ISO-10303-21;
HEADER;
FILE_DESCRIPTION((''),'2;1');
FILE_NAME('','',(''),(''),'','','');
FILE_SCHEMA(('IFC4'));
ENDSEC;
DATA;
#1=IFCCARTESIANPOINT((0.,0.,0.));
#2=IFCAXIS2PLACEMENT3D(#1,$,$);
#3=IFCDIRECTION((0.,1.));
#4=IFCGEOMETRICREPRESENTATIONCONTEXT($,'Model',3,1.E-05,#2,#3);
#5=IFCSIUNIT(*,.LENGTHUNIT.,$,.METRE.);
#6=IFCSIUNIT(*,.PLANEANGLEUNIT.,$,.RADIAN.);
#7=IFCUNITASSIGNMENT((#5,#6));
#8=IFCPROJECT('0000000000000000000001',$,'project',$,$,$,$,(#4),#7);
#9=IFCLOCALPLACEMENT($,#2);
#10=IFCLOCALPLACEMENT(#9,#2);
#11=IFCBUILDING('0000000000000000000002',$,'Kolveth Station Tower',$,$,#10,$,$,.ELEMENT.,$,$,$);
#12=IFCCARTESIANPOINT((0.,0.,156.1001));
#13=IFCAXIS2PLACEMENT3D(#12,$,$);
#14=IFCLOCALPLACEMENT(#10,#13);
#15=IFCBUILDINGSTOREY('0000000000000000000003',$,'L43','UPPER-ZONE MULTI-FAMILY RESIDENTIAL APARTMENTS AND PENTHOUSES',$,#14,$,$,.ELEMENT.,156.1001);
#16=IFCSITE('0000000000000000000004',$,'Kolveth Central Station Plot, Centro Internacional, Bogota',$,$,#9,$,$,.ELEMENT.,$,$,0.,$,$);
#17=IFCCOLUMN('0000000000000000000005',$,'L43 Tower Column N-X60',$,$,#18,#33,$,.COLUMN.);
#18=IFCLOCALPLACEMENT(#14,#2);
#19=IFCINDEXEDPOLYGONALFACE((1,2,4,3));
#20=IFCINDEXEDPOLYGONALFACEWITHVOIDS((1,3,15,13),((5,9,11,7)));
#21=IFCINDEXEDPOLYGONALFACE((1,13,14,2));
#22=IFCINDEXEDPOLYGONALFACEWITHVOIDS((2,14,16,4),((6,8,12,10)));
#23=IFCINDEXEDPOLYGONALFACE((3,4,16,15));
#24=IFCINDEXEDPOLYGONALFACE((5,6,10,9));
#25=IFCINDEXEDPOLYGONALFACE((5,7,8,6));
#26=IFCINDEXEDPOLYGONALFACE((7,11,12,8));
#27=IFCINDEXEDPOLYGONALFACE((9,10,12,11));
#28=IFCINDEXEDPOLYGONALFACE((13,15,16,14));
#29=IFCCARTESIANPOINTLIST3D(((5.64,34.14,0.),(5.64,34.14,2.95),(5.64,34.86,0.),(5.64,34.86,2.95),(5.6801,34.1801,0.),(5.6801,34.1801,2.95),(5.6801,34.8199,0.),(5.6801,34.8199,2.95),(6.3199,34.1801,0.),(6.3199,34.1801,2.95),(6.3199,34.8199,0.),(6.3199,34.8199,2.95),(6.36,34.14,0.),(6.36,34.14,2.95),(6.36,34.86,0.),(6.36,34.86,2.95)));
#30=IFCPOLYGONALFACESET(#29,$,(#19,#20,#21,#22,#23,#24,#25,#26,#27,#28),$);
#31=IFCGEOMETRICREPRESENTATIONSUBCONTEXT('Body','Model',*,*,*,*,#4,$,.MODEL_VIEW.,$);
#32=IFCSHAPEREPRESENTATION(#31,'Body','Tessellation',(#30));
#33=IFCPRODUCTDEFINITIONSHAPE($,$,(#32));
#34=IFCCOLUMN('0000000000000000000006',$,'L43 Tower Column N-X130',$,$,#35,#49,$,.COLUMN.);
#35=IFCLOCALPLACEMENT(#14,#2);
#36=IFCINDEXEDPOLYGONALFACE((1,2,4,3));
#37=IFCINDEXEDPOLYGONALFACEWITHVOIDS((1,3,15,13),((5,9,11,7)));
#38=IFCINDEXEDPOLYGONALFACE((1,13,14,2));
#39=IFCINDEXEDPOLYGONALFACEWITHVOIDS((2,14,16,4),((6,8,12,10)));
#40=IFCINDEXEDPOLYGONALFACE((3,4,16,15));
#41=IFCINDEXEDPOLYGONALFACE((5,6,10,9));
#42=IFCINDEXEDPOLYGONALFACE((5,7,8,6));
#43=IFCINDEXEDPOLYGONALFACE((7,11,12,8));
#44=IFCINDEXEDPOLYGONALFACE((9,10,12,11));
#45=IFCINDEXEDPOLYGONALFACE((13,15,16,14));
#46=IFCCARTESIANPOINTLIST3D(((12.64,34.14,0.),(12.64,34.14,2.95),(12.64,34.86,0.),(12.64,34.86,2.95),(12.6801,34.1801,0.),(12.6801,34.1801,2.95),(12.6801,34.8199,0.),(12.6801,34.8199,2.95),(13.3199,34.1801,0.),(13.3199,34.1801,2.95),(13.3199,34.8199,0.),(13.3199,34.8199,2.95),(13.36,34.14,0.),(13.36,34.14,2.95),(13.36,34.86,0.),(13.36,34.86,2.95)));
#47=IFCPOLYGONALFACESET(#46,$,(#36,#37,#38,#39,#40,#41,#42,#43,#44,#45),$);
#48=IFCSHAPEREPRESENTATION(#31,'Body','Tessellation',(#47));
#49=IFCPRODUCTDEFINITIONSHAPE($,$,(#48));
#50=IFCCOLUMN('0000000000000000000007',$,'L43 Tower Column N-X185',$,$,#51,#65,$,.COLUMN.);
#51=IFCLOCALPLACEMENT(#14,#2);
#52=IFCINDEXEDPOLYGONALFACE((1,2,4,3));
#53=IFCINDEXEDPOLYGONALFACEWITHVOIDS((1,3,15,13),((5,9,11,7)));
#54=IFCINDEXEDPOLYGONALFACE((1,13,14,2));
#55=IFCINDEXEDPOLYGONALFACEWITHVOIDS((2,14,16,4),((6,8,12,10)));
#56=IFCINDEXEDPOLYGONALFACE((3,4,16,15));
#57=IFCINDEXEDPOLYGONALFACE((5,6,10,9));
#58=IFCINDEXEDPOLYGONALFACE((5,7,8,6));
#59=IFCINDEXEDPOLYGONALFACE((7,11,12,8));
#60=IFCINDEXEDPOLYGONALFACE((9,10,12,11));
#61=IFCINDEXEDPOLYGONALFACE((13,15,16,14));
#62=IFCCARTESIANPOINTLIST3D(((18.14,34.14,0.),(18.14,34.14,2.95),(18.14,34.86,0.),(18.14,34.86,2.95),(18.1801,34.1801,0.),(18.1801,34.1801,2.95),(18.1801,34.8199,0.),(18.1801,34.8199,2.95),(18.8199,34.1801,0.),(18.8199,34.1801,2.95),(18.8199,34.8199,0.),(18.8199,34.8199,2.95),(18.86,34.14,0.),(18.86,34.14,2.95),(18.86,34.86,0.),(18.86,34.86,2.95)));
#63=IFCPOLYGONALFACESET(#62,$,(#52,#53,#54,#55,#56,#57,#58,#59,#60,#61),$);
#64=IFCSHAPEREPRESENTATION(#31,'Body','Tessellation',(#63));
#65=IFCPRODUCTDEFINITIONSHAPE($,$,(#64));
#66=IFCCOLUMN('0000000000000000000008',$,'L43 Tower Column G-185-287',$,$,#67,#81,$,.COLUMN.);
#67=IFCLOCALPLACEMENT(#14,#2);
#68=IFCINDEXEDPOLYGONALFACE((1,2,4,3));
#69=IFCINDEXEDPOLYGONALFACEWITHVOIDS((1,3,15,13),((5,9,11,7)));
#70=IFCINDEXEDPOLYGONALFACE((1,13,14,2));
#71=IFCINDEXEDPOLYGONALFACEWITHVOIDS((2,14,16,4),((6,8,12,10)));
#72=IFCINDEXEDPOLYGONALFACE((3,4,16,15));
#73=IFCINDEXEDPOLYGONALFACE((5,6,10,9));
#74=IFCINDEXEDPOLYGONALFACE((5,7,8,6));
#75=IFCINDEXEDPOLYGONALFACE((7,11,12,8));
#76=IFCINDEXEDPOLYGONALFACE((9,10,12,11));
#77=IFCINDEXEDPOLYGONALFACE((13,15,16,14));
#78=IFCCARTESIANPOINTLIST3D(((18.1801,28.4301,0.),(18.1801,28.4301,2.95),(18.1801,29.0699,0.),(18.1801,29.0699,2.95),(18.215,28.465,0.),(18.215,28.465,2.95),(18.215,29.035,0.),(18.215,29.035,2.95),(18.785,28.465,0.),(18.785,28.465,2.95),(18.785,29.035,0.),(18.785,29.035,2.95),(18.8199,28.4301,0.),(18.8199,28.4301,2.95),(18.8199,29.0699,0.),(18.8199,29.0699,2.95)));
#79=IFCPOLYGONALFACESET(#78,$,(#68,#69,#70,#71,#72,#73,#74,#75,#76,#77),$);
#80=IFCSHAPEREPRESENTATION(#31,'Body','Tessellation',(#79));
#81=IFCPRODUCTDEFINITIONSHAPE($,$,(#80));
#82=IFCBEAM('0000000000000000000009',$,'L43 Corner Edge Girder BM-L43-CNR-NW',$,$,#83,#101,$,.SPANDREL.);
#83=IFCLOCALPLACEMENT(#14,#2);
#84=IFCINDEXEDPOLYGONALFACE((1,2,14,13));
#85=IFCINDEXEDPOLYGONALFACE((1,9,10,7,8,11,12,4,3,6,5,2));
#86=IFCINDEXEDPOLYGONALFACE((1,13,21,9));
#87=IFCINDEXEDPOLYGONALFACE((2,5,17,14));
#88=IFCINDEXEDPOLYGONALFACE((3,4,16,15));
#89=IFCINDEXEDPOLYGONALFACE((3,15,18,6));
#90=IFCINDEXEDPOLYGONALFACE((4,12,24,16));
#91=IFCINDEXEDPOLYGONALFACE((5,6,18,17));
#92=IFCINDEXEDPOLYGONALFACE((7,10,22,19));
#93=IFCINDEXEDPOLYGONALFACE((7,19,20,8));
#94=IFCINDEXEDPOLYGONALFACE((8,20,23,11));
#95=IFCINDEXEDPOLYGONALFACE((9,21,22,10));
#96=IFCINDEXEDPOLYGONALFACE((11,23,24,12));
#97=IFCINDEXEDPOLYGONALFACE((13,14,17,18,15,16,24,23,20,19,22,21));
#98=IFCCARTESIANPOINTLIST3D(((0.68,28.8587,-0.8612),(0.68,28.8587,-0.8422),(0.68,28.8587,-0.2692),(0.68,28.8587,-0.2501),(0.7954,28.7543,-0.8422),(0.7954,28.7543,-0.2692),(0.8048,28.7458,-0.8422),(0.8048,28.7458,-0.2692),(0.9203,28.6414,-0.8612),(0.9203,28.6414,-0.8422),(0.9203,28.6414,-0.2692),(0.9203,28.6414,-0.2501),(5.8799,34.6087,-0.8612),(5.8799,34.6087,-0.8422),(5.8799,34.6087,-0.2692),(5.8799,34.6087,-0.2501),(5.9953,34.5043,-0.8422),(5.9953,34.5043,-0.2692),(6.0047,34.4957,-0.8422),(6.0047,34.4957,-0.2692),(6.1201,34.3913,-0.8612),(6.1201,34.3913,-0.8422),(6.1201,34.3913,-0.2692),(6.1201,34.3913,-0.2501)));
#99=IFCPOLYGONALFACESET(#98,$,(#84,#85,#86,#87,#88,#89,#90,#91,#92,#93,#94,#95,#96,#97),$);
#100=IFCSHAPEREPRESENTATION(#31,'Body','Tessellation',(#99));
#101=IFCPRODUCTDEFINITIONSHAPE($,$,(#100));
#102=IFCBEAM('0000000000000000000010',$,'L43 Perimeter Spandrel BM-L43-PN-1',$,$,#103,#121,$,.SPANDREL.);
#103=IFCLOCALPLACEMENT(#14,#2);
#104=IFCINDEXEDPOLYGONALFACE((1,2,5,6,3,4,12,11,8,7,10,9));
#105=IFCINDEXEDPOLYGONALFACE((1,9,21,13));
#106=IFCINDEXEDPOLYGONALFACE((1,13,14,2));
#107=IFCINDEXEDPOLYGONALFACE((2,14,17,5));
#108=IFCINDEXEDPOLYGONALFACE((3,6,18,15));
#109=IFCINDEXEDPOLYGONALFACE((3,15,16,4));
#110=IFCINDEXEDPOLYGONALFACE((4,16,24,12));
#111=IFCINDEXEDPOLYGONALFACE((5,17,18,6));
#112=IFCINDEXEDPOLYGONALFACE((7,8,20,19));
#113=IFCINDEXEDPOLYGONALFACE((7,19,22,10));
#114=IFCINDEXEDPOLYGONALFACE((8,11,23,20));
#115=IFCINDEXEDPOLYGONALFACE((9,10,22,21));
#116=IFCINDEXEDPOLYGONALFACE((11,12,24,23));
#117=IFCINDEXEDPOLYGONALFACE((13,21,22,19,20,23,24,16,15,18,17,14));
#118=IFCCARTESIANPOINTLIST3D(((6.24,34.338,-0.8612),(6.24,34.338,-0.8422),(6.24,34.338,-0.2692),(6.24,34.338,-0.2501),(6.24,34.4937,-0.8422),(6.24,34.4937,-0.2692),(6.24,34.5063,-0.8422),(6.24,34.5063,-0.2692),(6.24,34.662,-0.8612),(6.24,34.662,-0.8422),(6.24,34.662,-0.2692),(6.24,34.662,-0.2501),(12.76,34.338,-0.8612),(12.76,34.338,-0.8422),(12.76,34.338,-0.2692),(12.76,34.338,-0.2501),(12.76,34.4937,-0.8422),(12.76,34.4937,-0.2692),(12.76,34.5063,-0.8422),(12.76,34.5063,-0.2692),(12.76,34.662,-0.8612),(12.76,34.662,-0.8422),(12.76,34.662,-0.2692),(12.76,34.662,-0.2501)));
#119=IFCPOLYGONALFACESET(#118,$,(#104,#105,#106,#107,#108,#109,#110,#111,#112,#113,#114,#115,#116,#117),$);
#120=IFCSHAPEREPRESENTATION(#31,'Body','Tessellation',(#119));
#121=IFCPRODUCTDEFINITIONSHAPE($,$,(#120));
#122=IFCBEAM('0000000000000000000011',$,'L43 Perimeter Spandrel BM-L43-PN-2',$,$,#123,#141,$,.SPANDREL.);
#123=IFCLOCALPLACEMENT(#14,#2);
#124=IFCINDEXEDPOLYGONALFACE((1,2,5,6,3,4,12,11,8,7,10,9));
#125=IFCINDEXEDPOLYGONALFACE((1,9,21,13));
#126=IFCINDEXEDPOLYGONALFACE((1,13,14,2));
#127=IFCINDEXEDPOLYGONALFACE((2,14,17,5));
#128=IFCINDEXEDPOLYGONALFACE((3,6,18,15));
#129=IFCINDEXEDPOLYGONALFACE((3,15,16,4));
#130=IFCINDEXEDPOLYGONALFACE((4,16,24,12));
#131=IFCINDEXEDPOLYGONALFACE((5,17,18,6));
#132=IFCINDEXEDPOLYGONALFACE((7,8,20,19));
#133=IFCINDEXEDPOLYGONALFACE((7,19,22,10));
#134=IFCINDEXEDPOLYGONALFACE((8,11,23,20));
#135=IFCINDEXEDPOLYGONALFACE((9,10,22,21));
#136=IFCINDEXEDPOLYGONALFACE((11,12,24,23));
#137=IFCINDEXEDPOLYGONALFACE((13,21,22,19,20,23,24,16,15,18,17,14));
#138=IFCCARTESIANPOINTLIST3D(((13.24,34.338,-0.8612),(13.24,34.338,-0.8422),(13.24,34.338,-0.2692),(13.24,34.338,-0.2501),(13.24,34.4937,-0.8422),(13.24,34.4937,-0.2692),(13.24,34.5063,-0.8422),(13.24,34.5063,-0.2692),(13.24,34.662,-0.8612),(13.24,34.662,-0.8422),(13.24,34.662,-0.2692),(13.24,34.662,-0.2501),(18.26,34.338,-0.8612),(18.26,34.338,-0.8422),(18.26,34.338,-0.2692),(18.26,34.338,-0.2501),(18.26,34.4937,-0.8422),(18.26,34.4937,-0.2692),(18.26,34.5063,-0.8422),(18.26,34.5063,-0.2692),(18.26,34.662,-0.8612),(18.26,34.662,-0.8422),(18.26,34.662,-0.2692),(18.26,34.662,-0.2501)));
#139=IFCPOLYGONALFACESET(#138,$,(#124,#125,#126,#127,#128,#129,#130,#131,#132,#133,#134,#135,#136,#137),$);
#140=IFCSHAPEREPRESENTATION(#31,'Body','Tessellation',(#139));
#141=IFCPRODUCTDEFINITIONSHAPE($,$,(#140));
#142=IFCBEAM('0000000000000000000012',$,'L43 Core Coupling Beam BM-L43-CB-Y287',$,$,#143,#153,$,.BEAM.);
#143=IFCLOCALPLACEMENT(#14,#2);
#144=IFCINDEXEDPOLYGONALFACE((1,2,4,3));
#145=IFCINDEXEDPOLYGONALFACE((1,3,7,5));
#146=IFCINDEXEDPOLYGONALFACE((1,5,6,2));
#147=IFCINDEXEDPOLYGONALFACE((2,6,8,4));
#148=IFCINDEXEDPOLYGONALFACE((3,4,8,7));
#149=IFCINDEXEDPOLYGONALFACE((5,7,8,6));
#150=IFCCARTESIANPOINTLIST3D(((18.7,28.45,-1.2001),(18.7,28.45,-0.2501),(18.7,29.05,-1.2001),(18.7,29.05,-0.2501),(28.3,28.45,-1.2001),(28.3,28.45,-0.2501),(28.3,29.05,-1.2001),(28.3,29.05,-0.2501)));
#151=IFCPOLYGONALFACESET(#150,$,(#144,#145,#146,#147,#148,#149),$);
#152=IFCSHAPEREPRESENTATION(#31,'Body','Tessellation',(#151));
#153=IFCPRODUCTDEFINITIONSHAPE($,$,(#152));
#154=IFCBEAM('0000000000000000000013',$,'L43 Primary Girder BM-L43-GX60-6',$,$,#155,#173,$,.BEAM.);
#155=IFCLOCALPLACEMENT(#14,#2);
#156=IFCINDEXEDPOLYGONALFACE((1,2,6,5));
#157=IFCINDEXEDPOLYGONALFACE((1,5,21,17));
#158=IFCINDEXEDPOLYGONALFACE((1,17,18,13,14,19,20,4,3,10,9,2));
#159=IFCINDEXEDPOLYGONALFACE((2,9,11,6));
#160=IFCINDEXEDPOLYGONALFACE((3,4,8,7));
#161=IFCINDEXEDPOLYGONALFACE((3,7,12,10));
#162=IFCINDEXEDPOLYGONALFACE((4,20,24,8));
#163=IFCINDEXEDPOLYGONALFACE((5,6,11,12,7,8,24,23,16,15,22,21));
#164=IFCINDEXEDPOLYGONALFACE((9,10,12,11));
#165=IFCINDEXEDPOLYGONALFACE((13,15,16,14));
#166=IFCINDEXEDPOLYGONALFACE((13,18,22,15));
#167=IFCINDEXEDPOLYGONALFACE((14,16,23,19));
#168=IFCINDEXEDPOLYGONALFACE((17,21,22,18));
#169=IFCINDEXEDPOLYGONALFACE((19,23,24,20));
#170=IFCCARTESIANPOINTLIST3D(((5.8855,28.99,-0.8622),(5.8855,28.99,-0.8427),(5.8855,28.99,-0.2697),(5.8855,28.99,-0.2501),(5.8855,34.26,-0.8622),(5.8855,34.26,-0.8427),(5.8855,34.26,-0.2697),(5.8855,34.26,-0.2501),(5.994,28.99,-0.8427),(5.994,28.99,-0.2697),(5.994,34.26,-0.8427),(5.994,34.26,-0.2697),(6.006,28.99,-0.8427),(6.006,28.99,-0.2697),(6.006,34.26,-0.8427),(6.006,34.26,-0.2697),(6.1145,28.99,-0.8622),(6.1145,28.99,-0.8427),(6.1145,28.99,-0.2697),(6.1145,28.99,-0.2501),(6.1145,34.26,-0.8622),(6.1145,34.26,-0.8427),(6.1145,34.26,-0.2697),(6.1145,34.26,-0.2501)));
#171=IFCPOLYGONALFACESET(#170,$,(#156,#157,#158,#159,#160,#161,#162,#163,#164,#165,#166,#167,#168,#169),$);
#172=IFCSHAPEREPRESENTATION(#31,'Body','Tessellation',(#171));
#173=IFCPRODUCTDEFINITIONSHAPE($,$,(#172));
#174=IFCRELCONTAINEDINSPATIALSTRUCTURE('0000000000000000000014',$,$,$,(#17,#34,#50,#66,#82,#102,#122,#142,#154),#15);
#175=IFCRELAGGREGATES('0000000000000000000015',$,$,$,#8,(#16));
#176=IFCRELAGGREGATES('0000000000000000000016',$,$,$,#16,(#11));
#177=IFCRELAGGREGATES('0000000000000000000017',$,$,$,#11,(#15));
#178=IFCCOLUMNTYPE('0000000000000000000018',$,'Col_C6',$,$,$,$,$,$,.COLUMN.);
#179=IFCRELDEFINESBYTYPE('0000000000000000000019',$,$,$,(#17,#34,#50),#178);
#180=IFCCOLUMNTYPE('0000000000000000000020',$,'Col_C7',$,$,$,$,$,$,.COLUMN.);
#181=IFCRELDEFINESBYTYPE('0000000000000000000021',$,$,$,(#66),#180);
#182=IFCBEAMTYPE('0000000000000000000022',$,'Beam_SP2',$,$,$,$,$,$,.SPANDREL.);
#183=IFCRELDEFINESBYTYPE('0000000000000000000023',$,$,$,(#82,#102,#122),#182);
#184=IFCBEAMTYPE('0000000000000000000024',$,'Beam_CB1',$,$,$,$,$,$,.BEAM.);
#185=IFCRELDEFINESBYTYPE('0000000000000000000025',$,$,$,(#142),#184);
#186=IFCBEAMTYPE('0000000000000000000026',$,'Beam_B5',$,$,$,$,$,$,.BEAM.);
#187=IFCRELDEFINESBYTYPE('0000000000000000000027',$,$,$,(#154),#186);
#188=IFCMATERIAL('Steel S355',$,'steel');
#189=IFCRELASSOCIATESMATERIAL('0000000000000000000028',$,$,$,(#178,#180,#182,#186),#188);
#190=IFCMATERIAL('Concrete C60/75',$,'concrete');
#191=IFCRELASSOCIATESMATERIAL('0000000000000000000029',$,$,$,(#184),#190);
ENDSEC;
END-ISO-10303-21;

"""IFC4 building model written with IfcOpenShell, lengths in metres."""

from ifc_helpers import new_model, si_unit, direction, frame, origin, origin_2d, place, context, subcontext, project, spatial, rectangle, hollow_rectangle, i_section, extrude, source, transform, mapped, material, material_profile, profile_set, type_object, element, save


model = new_model("IFC4")

# Units and contexts
model_context = context("Model", 3, precision=1e-05, world=origin(), true_north=direction((0.0, 1.0)))
body_context = subcontext(model_context, "Body", "Model", "MODEL_VIEW")
ifc_project = project(units=[si_unit("LENGTHUNIT", "METRE"), si_unit("PLANEANGLEUNIT", "RADIAN")], contexts=[model_context])

# Site, building, storey
site_placement = place(None, origin())
site = spatial("IfcSite", under=ifc_project, at=site_placement, Name="Kolveth Central Station Plot, Centro Internacional, Bogota", CompositionType="ELEMENT", RefElevation=0.0)
building_placement = place(site_placement, origin())
building = spatial("IfcBuilding", under=site, at=building_placement, Name="Kolveth Station Tower", CompositionType="ELEMENT")
storey_placement = place(building_placement, frame((0.0, 0.0, 156.1001)))
storey = spatial("IfcBuildingStorey", under=building, at=storey_placement, Name="L43", Description="UPPER-ZONE MULTI-FAMILY RESIDENTIAL APARTMENTS AND PENTHOUSES", CompositionType="ELEMENT", Elevation=156.1001)

# Columns
ifc_material_1 = material(Name="Steel S355", Category="steel")
ifc_material_profile_1 = material_profile(ifc_material_1, hollow_rectangle(XDim=0.72, YDim=0.72, WallThickness=0.04, at=origin_2d()), Name="BOX720x720x40")
ifc_profile_set_1 = profile_set([ifc_material_profile_1], Name="Steel S355")
column_type_1 = type_object("IfcColumnType", Name="Col_C6", PredefinedType="COLUMN", material=ifc_profile_set_1)
shared_shape_1 = source(origin(), body_context, "Body", "SweptSolid", [
    extrude(hollow_rectangle(XDim=0.72, YDim=0.72, WallThickness=0.04, at=origin_2d()), origin(), (0.0, 0.0, 1.0), 2.95),
])
for number, where, z_axis, x_axis, name in (
    (1, (6.0, 34.5, 0.0), (0.0, 0.0, 1.0), (1.0, 0.0, 0.0), "L43 Tower Column N-X60"),
    (2, (13.0, 34.5, 0.0), (0.0, 0.0, 1.0), (1.0, 0.0, 0.0), "L43 Tower Column N-X130"),
    (3, (18.5, 34.5, 0.0), (0.0, 0.0, 1.0), (1.0, 0.0, 0.0), "L43 Tower Column N-X185"),
):
    element("IfcColumn", number, at=place(storey_placement, frame(where, z_axis=z_axis, x_axis=x_axis)), inside=storey, type_object=column_type_1, Name=name, PredefinedType="COLUMN", context=body_context, shape_type="MappedRepresentation", body=[
        mapped(shared_shape_1, transform((0.0, 0.0, 0.0), x_axis=(1.0, 0.0, 0.0), y_axis=(0.0, 1.0, 0.0), z_axis=(0.0, 0.0, 1.0), scale=1.0)),
    ])
ifc_material_profile_2 = material_profile(ifc_material_1, hollow_rectangle(XDim=0.6399, YDim=0.6399, WallThickness=0.0349, at=origin_2d()), Name="BOX640x640x35")
ifc_profile_set_2 = profile_set([ifc_material_profile_2], Name="Steel S355")
column_type_2 = type_object("IfcColumnType", Name="Col_C7", PredefinedType="COLUMN", material=ifc_profile_set_2)
shared_shape_2 = source(origin(), body_context, "Body", "SweptSolid", [
    extrude(hollow_rectangle(XDim=0.6399, YDim=0.6399, WallThickness=0.0349, at=origin_2d()), origin(), (0.0, 0.0, 1.0), 2.95),
])
column_placement = place(storey_placement, frame((18.5, 28.75, 0.0), z_axis=(0.0, 0.0, 1.0), x_axis=(1.0, 0.0, 0.0)))
element("IfcColumn", 4, at=column_placement, inside=storey, type_object=column_type_2, Name="L43 Tower Column G-185-287", PredefinedType="COLUMN", context=body_context, shape_type="MappedRepresentation", body=[
    mapped(shared_shape_2, transform((0.0, 0.0, 0.0), x_axis=(1.0, 0.0, 0.0), y_axis=(0.0, 1.0, 0.0), z_axis=(0.0, 0.0, 1.0), scale=1.0)),
])

# Beams
ifc_material_profile_3 = material_profile(ifc_material_1, i_section(OverallWidth=0.324, OverallDepth=0.6111, WebThickness=0.0127, FlangeThickness=0.019, at=origin_2d()), Name="W610x155")
ifc_profile_set_3 = profile_set([ifc_material_profile_3], Name="Steel S355")
beam_type_1 = type_object("IfcBeamType", Name="Beam_SP2", PredefinedType="SPANDREL", material=ifc_profile_set_3)
shared_shape_3 = source(origin(), body_context, "Body", "SweptSolid", [
    extrude(i_section(OverallWidth=0.324, OverallDepth=0.6111, WebThickness=0.0127, FlangeThickness=0.019, at=origin_2d()), origin(), (0.0, 0.0, 1.0), 7.7524),
])
beam_1_placement = place(storey_placement, frame((6.0, 34.5, -0.5557), z_axis=(-0.670741, -0.741692, 0.0), x_axis=(0.741692, -0.670741, 0.0)))
element("IfcBeam", 5, at=beam_1_placement, inside=storey, type_object=beam_type_1, Name="L43 Corner Edge Girder BM-L43-CNR-NW", PredefinedType="SPANDREL", context=body_context, shape_type="MappedRepresentation", body=[
    mapped(shared_shape_3, transform((0.0, 0.0, 0.0), x_axis=(1.0, 0.0, 0.0), y_axis=(0.0, 1.0, 0.0), z_axis=(0.0, 0.0, 1.0), scale=1.0)),
])
shared_shape_4 = source(origin(), body_context, "Body", "SweptSolid", [
    extrude(i_section(OverallWidth=0.324, OverallDepth=0.6111, WebThickness=0.0127, FlangeThickness=0.019, at=origin_2d()), origin(), (0.0, 0.0, 1.0), 6.52),
])
beam_2_placement = place(storey_placement, frame((6.24, 34.5, -0.5557), z_axis=(1.0, 0.0, 0.0), x_axis=(0.0, 1.0, 0.0)))
element("IfcBeam", 6, at=beam_2_placement, inside=storey, type_object=beam_type_1, Name="L43 Perimeter Spandrel BM-L43-PN-1", PredefinedType="SPANDREL", context=body_context, shape_type="MappedRepresentation", body=[
    mapped(shared_shape_4, transform((0.0, 0.0, 0.0), x_axis=(1.0, 0.0, 0.0), y_axis=(0.0, 1.0, 0.0), z_axis=(0.0, 0.0, 1.0), scale=1.0)),
])
shared_shape_5 = source(origin(), body_context, "Body", "SweptSolid", [
    extrude(i_section(OverallWidth=0.324, OverallDepth=0.6111, WebThickness=0.0127, FlangeThickness=0.019, at=origin_2d()), origin(), (0.0, 0.0, 1.0), 5.02),
])
beam_3_placement = place(storey_placement, frame((13.24, 34.5, -0.5557), z_axis=(1.0, 0.0, 0.0), x_axis=(0.0, 1.0, 0.0)))
element("IfcBeam", 7, at=beam_3_placement, inside=storey, type_object=beam_type_1, Name="L43 Perimeter Spandrel BM-L43-PN-2", PredefinedType="SPANDREL", context=body_context, shape_type="MappedRepresentation", body=[
    mapped(shared_shape_5, transform((0.0, 0.0, 0.0), x_axis=(1.0, 0.0, 0.0), y_axis=(0.0, 1.0, 0.0), z_axis=(0.0, 0.0, 1.0), scale=1.0)),
])
ifc_material_2 = material(Name="Concrete C60/75", Category="concrete")
ifc_material_profile_4 = material_profile(ifc_material_2, rectangle(XDim=0.6001, YDim=0.95, at=origin_2d()), Name="RC-600x950")
ifc_profile_set_4 = profile_set([ifc_material_profile_4], Name="Concrete C60/75")
beam_type_2 = type_object("IfcBeamType", Name="Beam_CB1", PredefinedType="BEAM", material=ifc_profile_set_4)
shared_shape_6 = source(origin(), body_context, "Body", "SweptSolid", [
    extrude(rectangle(XDim=0.6001, YDim=0.95, at=origin_2d()), origin(), (0.0, 0.0, 1.0), 9.6001),
])
beam_4_placement = place(storey_placement, frame((18.7, 28.75, -0.7251), z_axis=(1.0, 0.0, 0.0), x_axis=(0.0, 1.0, 0.0)))
element("IfcBeam", 8, at=beam_4_placement, inside=storey, type_object=beam_type_2, Name="L43 Core Coupling Beam BM-L43-CB-Y287", PredefinedType="BEAM", context=body_context, shape_type="MappedRepresentation", body=[
    mapped(shared_shape_6, transform((0.0, 0.0, 0.0), x_axis=(1.0, 0.0, 0.0), y_axis=(0.0, 1.0, 0.0), z_axis=(0.0, 0.0, 1.0), scale=1.0)),
])
ifc_material_profile_5 = material_profile(ifc_material_1, i_section(OverallWidth=0.229, OverallDepth=0.6121, WebThickness=0.012, FlangeThickness=0.0195, at=origin_2d()), Name="W610x125")
ifc_profile_set_5 = profile_set([ifc_material_profile_5], Name="Steel S355")
beam_type_3 = type_object("IfcBeamType", Name="Beam_B5", PredefinedType="BEAM", material=ifc_profile_set_5)
shared_shape_7 = source(origin(), body_context, "Body", "SweptSolid", [
    extrude(i_section(OverallWidth=0.229, OverallDepth=0.6121, WebThickness=0.012, FlangeThickness=0.0195, at=origin_2d()), origin(), (0.0, 0.0, 1.0), 5.27),
])
for number, where, z_axis, x_axis, name in (
    (9, (6.0, 28.99, -0.5562), (0.0, 1.0, 0.0), (-1.0, 0.0, 0.0), "L43 Primary Girder BM-L43-GX60-6"),
):
    element("IfcBeam", number, at=place(storey_placement, frame(where, z_axis=z_axis, x_axis=x_axis)), inside=storey, type_object=beam_type_3, Name=name, PredefinedType="BEAM", context=body_context, shape_type="MappedRepresentation", body=[
        mapped(shared_shape_7, transform((0.0, 0.0, 0.0), x_axis=(1.0, 0.0, 0.0), y_axis=(0.0, 1.0, 0.0), z_axis=(0.0, 0.0, 1.0), scale=1.0)),
    ])

save(model, "model.ifc")
